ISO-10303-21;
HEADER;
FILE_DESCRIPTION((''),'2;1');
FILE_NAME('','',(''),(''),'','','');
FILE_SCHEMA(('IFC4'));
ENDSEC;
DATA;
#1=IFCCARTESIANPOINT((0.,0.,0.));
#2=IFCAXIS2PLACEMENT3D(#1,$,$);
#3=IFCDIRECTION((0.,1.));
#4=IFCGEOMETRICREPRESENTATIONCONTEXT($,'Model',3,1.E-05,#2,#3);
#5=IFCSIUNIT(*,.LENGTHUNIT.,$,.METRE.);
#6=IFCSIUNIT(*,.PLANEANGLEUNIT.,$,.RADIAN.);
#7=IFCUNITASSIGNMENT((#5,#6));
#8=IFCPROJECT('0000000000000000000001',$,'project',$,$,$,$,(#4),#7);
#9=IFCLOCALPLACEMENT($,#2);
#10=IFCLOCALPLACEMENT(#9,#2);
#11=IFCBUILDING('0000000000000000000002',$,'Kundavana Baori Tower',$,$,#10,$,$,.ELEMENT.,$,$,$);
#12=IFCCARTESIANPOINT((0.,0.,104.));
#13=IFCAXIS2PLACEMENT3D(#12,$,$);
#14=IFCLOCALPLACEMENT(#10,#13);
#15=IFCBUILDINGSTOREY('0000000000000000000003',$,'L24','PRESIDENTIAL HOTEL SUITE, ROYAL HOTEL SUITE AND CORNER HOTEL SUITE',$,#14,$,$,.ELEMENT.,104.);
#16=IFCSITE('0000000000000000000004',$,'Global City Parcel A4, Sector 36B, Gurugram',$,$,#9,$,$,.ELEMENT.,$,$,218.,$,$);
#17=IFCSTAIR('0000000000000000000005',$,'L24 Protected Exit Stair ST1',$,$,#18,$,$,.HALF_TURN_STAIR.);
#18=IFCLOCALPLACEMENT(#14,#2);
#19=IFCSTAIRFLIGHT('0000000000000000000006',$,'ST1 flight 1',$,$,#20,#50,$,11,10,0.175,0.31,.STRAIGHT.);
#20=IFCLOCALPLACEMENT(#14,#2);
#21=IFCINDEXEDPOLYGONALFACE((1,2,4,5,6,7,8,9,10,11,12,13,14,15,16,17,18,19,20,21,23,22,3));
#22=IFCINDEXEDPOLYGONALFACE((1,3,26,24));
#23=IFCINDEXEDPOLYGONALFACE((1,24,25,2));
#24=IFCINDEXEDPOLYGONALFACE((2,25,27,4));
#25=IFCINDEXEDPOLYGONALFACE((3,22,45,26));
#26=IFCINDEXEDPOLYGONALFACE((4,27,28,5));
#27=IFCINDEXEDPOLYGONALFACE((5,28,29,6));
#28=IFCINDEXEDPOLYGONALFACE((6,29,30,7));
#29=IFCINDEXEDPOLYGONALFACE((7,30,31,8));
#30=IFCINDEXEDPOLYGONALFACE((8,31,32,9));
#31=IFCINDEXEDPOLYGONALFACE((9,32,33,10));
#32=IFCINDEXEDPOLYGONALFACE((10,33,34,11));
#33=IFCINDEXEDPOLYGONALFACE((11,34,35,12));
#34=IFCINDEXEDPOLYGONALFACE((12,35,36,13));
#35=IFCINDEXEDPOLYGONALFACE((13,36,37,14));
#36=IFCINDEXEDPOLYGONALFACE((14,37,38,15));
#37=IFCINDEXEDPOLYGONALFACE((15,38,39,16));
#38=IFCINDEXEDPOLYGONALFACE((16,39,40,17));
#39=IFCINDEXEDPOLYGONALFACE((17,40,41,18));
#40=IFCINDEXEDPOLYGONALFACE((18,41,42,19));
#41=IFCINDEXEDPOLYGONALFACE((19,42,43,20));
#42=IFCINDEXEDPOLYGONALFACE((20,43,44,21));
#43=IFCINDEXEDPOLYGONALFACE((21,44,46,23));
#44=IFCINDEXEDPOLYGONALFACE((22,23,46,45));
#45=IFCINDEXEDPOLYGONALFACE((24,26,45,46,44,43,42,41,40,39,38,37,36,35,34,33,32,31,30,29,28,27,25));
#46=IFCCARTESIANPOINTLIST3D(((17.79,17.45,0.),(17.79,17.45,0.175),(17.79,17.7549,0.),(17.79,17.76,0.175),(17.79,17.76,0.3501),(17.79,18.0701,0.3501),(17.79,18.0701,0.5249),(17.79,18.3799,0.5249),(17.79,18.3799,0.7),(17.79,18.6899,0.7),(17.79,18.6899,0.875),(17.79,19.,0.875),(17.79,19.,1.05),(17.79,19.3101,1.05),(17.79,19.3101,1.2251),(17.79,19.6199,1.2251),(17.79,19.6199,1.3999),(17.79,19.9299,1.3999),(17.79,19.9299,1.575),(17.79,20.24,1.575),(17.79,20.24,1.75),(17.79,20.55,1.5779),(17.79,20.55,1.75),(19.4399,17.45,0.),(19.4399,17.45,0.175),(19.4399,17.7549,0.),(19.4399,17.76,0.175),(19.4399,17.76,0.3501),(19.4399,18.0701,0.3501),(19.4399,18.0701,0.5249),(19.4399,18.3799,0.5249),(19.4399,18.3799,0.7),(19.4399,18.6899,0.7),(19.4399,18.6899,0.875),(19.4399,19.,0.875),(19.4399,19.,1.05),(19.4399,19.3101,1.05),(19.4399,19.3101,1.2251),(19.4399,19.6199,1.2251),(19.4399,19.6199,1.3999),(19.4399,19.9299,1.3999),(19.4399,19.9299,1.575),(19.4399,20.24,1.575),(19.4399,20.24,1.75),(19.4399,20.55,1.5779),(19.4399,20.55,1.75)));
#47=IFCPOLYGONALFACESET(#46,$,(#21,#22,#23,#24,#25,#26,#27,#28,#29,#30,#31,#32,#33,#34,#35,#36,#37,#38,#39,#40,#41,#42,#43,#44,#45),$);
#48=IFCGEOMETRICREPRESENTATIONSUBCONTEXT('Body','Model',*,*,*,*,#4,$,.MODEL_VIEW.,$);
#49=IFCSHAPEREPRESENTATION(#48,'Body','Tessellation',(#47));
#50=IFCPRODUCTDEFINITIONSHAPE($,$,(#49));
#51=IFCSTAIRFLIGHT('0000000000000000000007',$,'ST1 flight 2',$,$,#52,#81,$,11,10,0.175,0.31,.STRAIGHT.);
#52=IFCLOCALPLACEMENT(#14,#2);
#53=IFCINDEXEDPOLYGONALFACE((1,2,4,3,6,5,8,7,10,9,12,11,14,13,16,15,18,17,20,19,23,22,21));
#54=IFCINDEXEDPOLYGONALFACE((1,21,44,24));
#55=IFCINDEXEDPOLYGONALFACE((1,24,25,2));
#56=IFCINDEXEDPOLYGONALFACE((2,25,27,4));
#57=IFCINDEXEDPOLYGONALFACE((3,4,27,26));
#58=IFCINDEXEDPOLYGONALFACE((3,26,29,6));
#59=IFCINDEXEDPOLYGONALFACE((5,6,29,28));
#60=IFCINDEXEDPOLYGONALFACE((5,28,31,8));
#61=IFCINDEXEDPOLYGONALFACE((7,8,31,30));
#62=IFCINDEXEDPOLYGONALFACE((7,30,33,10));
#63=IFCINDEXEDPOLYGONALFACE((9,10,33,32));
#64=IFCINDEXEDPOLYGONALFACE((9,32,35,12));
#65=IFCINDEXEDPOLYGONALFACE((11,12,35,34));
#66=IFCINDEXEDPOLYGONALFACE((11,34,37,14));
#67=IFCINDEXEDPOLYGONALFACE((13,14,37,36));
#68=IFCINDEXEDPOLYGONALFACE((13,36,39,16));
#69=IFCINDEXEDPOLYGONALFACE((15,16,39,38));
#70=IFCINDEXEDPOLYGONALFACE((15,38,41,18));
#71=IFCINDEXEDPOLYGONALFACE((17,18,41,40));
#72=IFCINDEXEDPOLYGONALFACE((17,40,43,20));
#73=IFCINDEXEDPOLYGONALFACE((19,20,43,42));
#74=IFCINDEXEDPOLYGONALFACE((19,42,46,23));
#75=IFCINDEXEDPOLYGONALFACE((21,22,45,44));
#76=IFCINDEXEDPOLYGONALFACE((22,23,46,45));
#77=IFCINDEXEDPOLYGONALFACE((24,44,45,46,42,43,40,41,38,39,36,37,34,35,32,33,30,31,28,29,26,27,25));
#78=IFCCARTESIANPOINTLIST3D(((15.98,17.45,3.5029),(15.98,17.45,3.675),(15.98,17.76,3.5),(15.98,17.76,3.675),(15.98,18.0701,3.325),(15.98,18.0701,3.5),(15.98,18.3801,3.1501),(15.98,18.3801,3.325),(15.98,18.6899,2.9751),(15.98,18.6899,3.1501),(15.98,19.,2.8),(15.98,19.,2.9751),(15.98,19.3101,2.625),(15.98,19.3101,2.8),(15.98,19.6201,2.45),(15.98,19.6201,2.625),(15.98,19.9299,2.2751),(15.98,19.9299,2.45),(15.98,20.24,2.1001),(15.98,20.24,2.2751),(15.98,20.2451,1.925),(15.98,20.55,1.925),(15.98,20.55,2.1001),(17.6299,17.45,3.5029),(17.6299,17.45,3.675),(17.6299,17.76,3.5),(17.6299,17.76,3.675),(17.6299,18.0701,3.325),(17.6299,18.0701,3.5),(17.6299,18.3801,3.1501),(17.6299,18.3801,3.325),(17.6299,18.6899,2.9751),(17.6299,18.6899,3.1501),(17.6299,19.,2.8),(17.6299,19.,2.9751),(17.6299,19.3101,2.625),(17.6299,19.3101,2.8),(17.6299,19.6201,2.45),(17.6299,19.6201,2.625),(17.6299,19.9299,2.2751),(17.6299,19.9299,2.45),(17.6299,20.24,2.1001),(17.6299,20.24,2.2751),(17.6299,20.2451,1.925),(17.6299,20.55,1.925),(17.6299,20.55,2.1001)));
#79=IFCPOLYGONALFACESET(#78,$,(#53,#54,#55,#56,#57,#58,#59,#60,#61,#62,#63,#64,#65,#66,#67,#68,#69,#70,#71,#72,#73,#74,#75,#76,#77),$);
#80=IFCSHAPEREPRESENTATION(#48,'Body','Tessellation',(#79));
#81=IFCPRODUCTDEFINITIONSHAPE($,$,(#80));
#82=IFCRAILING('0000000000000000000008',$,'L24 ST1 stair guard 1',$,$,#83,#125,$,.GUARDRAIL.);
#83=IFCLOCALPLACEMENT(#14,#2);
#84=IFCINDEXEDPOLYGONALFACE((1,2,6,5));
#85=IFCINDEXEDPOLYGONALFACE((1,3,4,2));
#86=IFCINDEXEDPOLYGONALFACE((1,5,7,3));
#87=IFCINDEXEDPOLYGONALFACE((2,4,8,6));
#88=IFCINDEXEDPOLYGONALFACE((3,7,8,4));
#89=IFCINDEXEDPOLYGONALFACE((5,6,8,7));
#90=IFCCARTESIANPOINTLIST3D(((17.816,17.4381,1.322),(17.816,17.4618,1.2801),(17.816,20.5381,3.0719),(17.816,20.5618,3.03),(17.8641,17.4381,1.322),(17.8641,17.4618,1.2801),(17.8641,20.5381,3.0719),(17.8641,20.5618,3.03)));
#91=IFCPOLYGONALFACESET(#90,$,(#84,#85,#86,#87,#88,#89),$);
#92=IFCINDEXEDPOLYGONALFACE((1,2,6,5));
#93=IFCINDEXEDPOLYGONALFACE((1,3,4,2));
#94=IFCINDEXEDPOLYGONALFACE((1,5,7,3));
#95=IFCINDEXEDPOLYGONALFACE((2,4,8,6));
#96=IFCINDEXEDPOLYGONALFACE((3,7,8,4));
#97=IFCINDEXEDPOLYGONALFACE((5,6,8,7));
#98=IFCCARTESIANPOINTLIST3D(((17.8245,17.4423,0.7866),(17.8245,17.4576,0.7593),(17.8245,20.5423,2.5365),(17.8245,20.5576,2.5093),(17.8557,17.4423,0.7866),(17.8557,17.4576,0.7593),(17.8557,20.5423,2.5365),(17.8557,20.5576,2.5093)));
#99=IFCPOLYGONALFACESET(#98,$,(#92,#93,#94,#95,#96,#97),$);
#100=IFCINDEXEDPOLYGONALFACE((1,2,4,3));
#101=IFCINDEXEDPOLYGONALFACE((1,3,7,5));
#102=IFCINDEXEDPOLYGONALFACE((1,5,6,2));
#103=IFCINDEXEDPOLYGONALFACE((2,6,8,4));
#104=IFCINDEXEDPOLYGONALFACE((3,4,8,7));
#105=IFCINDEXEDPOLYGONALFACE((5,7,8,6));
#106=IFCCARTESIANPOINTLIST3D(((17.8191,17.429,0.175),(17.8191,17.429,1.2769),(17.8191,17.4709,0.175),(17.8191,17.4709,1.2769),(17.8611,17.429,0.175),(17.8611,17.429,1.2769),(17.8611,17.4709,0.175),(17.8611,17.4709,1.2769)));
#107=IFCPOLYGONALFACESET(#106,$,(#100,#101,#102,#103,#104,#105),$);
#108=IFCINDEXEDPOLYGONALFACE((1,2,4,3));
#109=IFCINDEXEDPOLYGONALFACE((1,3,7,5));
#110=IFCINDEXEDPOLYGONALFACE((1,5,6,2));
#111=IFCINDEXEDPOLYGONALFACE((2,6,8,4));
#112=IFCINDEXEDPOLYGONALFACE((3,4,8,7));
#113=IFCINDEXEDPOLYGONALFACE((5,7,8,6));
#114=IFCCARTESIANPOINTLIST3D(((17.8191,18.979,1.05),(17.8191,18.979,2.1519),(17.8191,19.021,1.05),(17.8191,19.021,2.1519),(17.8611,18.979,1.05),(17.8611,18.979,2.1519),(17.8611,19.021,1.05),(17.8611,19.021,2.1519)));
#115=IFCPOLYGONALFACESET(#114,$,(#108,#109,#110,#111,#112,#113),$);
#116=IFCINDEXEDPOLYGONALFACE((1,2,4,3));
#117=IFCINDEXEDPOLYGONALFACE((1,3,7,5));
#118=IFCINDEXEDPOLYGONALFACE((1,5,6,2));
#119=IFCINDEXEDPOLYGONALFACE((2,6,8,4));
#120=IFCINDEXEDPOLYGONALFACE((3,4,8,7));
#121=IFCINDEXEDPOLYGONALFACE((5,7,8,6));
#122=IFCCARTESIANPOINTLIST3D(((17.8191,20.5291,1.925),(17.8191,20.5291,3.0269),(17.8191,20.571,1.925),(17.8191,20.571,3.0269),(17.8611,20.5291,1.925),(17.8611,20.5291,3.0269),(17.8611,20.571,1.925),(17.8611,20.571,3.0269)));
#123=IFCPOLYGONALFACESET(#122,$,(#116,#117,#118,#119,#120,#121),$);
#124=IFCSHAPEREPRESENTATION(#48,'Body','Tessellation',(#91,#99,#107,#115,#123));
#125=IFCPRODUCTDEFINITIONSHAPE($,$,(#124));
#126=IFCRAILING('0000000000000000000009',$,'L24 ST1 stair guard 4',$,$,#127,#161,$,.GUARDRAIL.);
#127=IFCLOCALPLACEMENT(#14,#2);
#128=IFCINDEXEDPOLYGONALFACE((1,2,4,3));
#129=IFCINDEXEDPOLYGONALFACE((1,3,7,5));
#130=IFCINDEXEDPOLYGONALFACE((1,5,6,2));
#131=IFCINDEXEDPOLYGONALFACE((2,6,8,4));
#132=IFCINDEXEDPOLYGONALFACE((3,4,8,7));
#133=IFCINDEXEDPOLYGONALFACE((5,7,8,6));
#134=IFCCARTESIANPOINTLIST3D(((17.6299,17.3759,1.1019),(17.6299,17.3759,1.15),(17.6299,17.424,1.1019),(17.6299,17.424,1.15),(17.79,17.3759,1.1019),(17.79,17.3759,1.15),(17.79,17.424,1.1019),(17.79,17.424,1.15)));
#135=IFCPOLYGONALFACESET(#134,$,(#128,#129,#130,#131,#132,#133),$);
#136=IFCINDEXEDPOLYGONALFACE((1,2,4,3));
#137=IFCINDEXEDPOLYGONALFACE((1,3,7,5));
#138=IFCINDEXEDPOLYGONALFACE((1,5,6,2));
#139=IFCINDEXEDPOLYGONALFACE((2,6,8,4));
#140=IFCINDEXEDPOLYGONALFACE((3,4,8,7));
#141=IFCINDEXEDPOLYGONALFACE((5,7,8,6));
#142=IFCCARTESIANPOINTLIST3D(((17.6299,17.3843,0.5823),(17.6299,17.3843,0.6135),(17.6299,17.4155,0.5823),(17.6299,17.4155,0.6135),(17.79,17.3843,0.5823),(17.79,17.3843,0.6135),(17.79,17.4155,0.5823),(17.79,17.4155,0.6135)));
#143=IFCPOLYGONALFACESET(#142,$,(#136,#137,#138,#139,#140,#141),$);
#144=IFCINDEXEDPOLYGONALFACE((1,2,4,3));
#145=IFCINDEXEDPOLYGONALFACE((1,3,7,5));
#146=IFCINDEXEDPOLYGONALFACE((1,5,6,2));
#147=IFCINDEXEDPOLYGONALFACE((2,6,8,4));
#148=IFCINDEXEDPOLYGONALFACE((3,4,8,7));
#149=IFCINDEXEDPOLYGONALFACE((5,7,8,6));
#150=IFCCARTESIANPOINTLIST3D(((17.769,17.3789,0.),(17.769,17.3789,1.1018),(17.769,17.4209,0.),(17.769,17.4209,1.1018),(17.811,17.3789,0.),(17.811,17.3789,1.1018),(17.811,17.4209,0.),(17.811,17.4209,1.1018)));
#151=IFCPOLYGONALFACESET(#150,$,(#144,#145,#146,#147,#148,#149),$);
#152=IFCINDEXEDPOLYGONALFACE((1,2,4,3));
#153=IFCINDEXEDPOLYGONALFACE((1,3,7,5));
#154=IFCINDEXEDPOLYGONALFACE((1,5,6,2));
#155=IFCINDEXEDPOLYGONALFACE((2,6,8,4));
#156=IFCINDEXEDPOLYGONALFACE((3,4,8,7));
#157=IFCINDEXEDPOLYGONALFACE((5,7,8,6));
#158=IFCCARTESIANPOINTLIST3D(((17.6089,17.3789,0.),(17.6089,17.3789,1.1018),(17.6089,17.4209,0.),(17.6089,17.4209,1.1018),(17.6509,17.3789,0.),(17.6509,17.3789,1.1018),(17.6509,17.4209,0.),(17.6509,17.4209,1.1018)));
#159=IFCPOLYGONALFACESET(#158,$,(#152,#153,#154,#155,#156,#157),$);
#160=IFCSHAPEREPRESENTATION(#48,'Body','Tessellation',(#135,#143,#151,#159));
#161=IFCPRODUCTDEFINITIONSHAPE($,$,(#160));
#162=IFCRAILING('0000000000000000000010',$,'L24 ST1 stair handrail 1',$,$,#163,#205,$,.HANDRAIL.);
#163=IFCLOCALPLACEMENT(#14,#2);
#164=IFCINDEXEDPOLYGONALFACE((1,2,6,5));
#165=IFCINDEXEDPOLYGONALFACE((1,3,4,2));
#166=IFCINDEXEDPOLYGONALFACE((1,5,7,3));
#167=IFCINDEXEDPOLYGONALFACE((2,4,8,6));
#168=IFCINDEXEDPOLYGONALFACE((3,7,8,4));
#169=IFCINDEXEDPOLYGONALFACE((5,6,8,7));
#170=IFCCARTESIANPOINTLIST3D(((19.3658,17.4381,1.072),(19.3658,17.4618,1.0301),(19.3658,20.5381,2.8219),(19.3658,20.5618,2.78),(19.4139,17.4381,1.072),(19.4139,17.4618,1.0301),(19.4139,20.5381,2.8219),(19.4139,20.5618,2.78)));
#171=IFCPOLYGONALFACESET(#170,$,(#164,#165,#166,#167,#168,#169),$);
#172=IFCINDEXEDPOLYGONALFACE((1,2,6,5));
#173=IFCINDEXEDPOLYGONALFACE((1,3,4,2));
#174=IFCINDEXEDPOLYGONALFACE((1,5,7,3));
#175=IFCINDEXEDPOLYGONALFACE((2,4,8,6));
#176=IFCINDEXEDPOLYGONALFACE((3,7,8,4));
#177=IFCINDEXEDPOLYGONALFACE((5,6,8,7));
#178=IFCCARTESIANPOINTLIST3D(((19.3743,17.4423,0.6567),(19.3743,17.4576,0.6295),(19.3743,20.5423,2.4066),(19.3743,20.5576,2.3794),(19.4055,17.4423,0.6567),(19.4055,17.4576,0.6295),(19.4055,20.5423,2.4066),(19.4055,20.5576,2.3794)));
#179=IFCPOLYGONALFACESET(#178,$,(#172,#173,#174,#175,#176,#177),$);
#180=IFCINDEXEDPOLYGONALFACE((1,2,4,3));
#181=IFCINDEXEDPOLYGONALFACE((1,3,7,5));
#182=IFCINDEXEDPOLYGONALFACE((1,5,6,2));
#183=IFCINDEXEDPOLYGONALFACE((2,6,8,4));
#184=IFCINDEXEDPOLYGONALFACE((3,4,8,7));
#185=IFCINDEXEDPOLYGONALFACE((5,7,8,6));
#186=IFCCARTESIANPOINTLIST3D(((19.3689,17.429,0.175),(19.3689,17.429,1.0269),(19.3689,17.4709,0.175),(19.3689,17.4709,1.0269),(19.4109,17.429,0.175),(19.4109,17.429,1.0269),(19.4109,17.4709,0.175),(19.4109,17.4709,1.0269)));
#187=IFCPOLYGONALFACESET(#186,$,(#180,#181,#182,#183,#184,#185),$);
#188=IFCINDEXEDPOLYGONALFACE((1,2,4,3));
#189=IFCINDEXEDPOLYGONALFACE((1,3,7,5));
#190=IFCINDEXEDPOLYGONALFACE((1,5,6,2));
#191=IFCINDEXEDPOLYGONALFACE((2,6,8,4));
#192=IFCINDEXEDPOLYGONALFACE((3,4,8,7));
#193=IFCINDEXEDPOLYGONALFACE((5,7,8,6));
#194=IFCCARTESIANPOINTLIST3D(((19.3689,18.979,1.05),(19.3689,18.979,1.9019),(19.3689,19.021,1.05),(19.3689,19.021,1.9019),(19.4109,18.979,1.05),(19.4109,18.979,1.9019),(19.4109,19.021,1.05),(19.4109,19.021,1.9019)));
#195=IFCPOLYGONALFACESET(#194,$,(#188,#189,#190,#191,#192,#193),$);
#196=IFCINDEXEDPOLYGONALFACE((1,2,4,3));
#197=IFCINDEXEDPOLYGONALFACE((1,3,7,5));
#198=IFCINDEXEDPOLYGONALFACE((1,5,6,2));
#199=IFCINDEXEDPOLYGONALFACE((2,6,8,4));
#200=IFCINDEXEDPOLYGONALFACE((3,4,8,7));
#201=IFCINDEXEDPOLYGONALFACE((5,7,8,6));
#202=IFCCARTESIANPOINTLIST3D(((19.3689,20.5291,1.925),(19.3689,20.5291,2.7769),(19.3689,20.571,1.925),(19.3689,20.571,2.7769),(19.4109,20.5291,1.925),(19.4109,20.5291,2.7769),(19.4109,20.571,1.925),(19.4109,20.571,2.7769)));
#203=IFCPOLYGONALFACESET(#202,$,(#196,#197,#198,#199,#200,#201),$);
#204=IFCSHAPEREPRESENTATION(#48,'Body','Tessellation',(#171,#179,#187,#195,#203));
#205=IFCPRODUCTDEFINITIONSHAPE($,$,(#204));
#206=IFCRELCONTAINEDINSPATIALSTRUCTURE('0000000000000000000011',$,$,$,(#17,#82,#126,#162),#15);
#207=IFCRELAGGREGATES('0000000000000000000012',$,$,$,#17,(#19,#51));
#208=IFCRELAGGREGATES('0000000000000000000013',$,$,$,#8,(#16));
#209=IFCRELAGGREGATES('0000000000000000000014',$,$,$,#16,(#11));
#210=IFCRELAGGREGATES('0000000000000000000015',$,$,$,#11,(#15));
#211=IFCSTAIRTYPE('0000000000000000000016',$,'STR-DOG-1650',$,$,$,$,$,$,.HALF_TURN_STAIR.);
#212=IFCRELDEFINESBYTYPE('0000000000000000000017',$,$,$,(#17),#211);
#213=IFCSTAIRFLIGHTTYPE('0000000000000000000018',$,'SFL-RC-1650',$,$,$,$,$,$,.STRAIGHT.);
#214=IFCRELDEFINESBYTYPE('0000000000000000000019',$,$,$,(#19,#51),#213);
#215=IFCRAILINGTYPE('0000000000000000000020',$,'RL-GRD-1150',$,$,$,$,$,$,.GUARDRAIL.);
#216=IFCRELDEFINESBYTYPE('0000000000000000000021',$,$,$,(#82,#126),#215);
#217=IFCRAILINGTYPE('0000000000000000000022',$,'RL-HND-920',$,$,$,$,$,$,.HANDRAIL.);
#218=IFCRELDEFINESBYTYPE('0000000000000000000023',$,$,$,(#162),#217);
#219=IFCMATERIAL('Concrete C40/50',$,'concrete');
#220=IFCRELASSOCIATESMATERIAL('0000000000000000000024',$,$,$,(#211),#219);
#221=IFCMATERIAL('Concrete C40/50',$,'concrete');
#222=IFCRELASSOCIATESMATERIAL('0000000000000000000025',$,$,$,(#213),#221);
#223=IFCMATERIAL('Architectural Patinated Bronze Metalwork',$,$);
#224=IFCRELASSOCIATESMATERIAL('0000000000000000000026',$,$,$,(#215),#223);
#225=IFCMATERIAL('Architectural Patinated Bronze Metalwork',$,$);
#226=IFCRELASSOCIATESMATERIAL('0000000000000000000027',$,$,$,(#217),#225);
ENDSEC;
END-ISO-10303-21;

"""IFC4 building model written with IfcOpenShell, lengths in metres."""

from ifc_helpers import new_model, si_unit, direction, frame, origin, origin_2d, place, context, subcontext, project, spatial, polyline, rectangle, outline, extrude, material, type_object, element, aggregate, save


model = new_model("IFC4")

# Units and contexts
model_context = context("Model", 3, precision=1e-05, world=origin(), true_north=direction((0.0, 1.0)))
body_context = subcontext(model_context, "Body", "Model", "MODEL_VIEW")
ifc_project = project(units=[si_unit("LENGTHUNIT", "METRE"), si_unit("PLANEANGLEUNIT", "RADIAN")], contexts=[model_context])

# Site, building, storey
site_placement = place(None, origin())
site = spatial("IfcSite", under=ifc_project, at=site_placement, Name="Global City Parcel A4, Sector 36B, Gurugram", CompositionType="ELEMENT", RefElevation=218.0)
building_placement = place(site_placement, origin())
building = spatial("IfcBuilding", under=site, at=building_placement, Name="Kundavana Baori Tower", CompositionType="ELEMENT")
storey_placement = place(building_placement, frame((0.0, 0.0, 104.0)))
storey = spatial("IfcBuildingStorey", under=building, at=storey_placement, Name="L24", Description="PRESIDENTIAL HOTEL SUITE, ROYAL HOTEL SUITE AND CORNER HOTEL SUITE", CompositionType="ELEMENT", Elevation=104.0)

# Stair, stair flights
ifc_material_1 = material(Name="Concrete C40/50", Category="concrete")
stair_type = type_object("IfcStairType", Name="STR-DOG-1650", PredefinedType="HALF_TURN_STAIR", material=ifc_material_1)
stair_placement = place(storey_placement, origin())
stair = element("IfcStair", 1, at=stair_placement, inside=storey, type_object=stair_type, Name="L24 Protected Exit Stair ST1", PredefinedType="HALF_TURN_STAIR")
ifc_material_2 = material(Name="Concrete C40/50", Category="concrete")
stair_flight_type = type_object("IfcStairFlightType", Name="SFL-RC-1650", PredefinedType="STRAIGHT", material=ifc_material_2)
stair_flight_1_placement = place(storey_placement, frame((18.615, 17.45, 0.0), z_axis=(0.0, 0.0, 1.0), x_axis=(0.0, 1.0, 0.0)))
stair_flight_1 = element("IfcStairFlight", 2, at=stair_flight_1_placement, type_object=stair_flight_type, Name="ST1 flight 1", NumberOfRisers=11, NumberOfTreads=10, PredefinedType="STRAIGHT", RiserHeight=0.175, TreadLength=0.31, context=body_context, shape_type="SweptSolid", body=[
    extrude(outline(polyline([(0.0, 0.0), (0.0, 0.175), (0.3101, 0.175), (0.3101, 0.3501), (0.6201, 0.3501), (0.6201, 0.5249), (0.9299, 0.5249), (0.9299, 0.7), (1.24, 0.7), (1.24, 0.875), (1.55, 0.875), (1.55, 1.05), (1.8601, 1.05), (1.8601, 1.2251), (2.1699, 1.2251), (2.1699, 1.3999), (2.48, 1.3999), (2.48, 1.575), (2.79, 1.575), (2.79, 1.75), (3.1001, 1.75), (3.1001, 1.925), (3.1001, 1.5779), (0.3049, 0.0), (0.0, 0.0)])), frame((0.0, 0.825, 0.0), z_axis=(0.0, -1.0, 0.0), x_axis=(1.0, 0.0, 0.0)), (0.0, 0.0, 1.0), 1.6499),
])
stair_flight_2_placement = place(storey_placement, frame((16.8049, 20.55, 1.925), z_axis=(0.0, 0.0, 1.0), x_axis=(0.0, -1.0, 0.0)))
stair_flight_2 = element("IfcStairFlight", 3, at=stair_flight_2_placement, type_object=stair_flight_type, Name="ST1 flight 2", NumberOfRisers=11, NumberOfTreads=10, PredefinedType="STRAIGHT", RiserHeight=0.175, TreadLength=0.31, context=body_context, shape_type="SweptSolid", body=[
    extrude(outline(polyline([(0.0, 0.0), (0.0, 0.175), (0.3101, 0.175), (0.3101, 0.3501), (0.6201, 0.3501), (0.6201, 0.5249), (0.9299, 0.5249), (0.9299, 0.7), (1.24, 0.7), (1.24, 0.875), (1.55, 0.875), (1.55, 1.05), (1.8601, 1.05), (1.8601, 1.2251), (2.1699, 1.2251), (2.1699, 1.3999), (2.48, 1.3999), (2.48, 1.575), (2.79, 1.575), (2.79, 1.75), (3.1001, 1.75), (3.1001, 1.925), (3.1001, 1.5779), (0.3049, 0.0), (0.0, 0.0)])), frame((0.0, 0.825, 0.0), z_axis=(0.0, -1.0, 0.0), x_axis=(1.0, 0.0, 0.0)), (0.0, 0.0, 1.0), 1.6499),
])
aggregate(stair, [stair_flight_1, stair_flight_2])

# Railings
ifc_material_3 = material(Name="Architectural Patinated Bronze Metalwork")
railing_type_1 = type_object("IfcRailingType", Name="RL-GRD-1150", PredefinedType="GUARDRAIL", material=ifc_material_3)
railing_1_placement = place(storey_placement, frame((17.8401, 17.45, 0.175)))
element("IfcRailing", 4, at=railing_1_placement, inside=storey, type_object=railing_type_1, Name="L24 ST1 stair guard 1", PredefinedType="GUARDRAIL", context=body_context, shape_type="SweptSolid", body=[
    extrude(rectangle(XDim=0.0481, YDim=0.0481, at=origin_2d()), frame((0.0, 0.0, 1.126), z_axis=(0.0, 0.870831, 0.491583), x_axis=(-1.0, 0.0, 0.0)), (0.0, 0.0, 1.0), 3.5598),
    extrude(rectangle(XDim=0.0312, YDim=0.0312, at=origin_2d()), frame((0.0, 0.0, 0.5979), z_axis=(0.0, 0.870831, 0.491583), x_axis=(-1.0, 0.0, 0.0)), (0.0, 0.0, 1.0), 3.5598),
    extrude(rectangle(XDim=0.042, YDim=0.042, at=origin_2d()), origin(), (0.0, 0.0, 1.0), 1.1018),
    extrude(rectangle(XDim=0.042, YDim=0.042, at=origin_2d()), frame((0.0, 1.55, 0.875)), (0.0, 0.0, 1.0), 1.1018),
    extrude(rectangle(XDim=0.042, YDim=0.042, at=origin_2d()), frame((0.0, 3.1001, 1.75)), (0.0, 0.0, 1.0), 1.1018),
])
railing_2_placement = place(storey_placement, frame((17.79, 17.3999, 0.0)))
element("IfcRailing", 5, at=railing_2_placement, inside=storey, type_object=railing_type_1, Name="L24 ST1 stair guard 4", PredefinedType="GUARDRAIL", context=body_context, shape_type="SweptSolid", body=[
    extrude(rectangle(XDim=0.0481, YDim=0.0481, at=origin_2d()), frame((0.0, 0.0, 1.126), z_axis=(-1.0, 0.0, 0.0), x_axis=(0.0, -1.0, 0.0)), (0.0, 0.0, 1.0), 0.1602),
    extrude(rectangle(XDim=0.0312, YDim=0.0312, at=origin_2d()), frame((0.0, 0.0, 0.5979), z_axis=(-1.0, 0.0, 0.0), x_axis=(0.0, -1.0, 0.0)), (0.0, 0.0, 1.0), 0.1602),
    extrude(rectangle(XDim=0.042, YDim=0.042, at=origin_2d()), origin(), (0.0, 0.0, 1.0), 1.1018),
    extrude(rectangle(XDim=0.042, YDim=0.042, at=origin_2d()), frame((-0.1602, 0.0, 0.0)), (0.0, 0.0, 1.0), 1.1018),
])
ifc_material_4 = material(Name="Architectural Patinated Bronze Metalwork")
railing_type_2 = type_object("IfcRailingType", Name="RL-HND-920", PredefinedType="HANDRAIL", material=ifc_material_4)
railing_3_placement = place(storey_placement, frame((19.3899, 17.45, 0.175)))
element("IfcRailing", 6, at=railing_3_placement, inside=storey, type_object=railing_type_2, Name="L24 ST1 stair handrail 1", PredefinedType="HANDRAIL", context=body_context, shape_type="SweptSolid", body=[
    extrude(rectangle(XDim=0.0481, YDim=0.0481, at=origin_2d()), frame((0.0, 0.0, 0.876), z_axis=(0.0, 0.870831, 0.491583), x_axis=(-1.0, 0.0, 0.0)), (0.0, 0.0, 1.0), 3.5598),
    extrude(rectangle(XDim=0.0312, YDim=0.0312, at=origin_2d()), frame((0.0, 0.0, 0.468), z_axis=(0.0, 0.870831, 0.491583), x_axis=(-1.0, 0.0, 0.0)), (0.0, 0.0, 1.0), 3.5598),
    extrude(rectangle(XDim=0.042, YDim=0.042, at=origin_2d()), origin(), (0.0, 0.0, 1.0), 0.8518),
    extrude(rectangle(XDim=0.042, YDim=0.042, at=origin_2d()), frame((0.0, 1.55, 0.875)), (0.0, 0.0, 1.0), 0.8518),
    extrude(rectangle(XDim=0.042, YDim=0.042, at=origin_2d()), frame((0.0, 3.1001, 1.75)), (0.0, 0.0, 1.0), 0.8518),
])

save(model, "model.ifc")
